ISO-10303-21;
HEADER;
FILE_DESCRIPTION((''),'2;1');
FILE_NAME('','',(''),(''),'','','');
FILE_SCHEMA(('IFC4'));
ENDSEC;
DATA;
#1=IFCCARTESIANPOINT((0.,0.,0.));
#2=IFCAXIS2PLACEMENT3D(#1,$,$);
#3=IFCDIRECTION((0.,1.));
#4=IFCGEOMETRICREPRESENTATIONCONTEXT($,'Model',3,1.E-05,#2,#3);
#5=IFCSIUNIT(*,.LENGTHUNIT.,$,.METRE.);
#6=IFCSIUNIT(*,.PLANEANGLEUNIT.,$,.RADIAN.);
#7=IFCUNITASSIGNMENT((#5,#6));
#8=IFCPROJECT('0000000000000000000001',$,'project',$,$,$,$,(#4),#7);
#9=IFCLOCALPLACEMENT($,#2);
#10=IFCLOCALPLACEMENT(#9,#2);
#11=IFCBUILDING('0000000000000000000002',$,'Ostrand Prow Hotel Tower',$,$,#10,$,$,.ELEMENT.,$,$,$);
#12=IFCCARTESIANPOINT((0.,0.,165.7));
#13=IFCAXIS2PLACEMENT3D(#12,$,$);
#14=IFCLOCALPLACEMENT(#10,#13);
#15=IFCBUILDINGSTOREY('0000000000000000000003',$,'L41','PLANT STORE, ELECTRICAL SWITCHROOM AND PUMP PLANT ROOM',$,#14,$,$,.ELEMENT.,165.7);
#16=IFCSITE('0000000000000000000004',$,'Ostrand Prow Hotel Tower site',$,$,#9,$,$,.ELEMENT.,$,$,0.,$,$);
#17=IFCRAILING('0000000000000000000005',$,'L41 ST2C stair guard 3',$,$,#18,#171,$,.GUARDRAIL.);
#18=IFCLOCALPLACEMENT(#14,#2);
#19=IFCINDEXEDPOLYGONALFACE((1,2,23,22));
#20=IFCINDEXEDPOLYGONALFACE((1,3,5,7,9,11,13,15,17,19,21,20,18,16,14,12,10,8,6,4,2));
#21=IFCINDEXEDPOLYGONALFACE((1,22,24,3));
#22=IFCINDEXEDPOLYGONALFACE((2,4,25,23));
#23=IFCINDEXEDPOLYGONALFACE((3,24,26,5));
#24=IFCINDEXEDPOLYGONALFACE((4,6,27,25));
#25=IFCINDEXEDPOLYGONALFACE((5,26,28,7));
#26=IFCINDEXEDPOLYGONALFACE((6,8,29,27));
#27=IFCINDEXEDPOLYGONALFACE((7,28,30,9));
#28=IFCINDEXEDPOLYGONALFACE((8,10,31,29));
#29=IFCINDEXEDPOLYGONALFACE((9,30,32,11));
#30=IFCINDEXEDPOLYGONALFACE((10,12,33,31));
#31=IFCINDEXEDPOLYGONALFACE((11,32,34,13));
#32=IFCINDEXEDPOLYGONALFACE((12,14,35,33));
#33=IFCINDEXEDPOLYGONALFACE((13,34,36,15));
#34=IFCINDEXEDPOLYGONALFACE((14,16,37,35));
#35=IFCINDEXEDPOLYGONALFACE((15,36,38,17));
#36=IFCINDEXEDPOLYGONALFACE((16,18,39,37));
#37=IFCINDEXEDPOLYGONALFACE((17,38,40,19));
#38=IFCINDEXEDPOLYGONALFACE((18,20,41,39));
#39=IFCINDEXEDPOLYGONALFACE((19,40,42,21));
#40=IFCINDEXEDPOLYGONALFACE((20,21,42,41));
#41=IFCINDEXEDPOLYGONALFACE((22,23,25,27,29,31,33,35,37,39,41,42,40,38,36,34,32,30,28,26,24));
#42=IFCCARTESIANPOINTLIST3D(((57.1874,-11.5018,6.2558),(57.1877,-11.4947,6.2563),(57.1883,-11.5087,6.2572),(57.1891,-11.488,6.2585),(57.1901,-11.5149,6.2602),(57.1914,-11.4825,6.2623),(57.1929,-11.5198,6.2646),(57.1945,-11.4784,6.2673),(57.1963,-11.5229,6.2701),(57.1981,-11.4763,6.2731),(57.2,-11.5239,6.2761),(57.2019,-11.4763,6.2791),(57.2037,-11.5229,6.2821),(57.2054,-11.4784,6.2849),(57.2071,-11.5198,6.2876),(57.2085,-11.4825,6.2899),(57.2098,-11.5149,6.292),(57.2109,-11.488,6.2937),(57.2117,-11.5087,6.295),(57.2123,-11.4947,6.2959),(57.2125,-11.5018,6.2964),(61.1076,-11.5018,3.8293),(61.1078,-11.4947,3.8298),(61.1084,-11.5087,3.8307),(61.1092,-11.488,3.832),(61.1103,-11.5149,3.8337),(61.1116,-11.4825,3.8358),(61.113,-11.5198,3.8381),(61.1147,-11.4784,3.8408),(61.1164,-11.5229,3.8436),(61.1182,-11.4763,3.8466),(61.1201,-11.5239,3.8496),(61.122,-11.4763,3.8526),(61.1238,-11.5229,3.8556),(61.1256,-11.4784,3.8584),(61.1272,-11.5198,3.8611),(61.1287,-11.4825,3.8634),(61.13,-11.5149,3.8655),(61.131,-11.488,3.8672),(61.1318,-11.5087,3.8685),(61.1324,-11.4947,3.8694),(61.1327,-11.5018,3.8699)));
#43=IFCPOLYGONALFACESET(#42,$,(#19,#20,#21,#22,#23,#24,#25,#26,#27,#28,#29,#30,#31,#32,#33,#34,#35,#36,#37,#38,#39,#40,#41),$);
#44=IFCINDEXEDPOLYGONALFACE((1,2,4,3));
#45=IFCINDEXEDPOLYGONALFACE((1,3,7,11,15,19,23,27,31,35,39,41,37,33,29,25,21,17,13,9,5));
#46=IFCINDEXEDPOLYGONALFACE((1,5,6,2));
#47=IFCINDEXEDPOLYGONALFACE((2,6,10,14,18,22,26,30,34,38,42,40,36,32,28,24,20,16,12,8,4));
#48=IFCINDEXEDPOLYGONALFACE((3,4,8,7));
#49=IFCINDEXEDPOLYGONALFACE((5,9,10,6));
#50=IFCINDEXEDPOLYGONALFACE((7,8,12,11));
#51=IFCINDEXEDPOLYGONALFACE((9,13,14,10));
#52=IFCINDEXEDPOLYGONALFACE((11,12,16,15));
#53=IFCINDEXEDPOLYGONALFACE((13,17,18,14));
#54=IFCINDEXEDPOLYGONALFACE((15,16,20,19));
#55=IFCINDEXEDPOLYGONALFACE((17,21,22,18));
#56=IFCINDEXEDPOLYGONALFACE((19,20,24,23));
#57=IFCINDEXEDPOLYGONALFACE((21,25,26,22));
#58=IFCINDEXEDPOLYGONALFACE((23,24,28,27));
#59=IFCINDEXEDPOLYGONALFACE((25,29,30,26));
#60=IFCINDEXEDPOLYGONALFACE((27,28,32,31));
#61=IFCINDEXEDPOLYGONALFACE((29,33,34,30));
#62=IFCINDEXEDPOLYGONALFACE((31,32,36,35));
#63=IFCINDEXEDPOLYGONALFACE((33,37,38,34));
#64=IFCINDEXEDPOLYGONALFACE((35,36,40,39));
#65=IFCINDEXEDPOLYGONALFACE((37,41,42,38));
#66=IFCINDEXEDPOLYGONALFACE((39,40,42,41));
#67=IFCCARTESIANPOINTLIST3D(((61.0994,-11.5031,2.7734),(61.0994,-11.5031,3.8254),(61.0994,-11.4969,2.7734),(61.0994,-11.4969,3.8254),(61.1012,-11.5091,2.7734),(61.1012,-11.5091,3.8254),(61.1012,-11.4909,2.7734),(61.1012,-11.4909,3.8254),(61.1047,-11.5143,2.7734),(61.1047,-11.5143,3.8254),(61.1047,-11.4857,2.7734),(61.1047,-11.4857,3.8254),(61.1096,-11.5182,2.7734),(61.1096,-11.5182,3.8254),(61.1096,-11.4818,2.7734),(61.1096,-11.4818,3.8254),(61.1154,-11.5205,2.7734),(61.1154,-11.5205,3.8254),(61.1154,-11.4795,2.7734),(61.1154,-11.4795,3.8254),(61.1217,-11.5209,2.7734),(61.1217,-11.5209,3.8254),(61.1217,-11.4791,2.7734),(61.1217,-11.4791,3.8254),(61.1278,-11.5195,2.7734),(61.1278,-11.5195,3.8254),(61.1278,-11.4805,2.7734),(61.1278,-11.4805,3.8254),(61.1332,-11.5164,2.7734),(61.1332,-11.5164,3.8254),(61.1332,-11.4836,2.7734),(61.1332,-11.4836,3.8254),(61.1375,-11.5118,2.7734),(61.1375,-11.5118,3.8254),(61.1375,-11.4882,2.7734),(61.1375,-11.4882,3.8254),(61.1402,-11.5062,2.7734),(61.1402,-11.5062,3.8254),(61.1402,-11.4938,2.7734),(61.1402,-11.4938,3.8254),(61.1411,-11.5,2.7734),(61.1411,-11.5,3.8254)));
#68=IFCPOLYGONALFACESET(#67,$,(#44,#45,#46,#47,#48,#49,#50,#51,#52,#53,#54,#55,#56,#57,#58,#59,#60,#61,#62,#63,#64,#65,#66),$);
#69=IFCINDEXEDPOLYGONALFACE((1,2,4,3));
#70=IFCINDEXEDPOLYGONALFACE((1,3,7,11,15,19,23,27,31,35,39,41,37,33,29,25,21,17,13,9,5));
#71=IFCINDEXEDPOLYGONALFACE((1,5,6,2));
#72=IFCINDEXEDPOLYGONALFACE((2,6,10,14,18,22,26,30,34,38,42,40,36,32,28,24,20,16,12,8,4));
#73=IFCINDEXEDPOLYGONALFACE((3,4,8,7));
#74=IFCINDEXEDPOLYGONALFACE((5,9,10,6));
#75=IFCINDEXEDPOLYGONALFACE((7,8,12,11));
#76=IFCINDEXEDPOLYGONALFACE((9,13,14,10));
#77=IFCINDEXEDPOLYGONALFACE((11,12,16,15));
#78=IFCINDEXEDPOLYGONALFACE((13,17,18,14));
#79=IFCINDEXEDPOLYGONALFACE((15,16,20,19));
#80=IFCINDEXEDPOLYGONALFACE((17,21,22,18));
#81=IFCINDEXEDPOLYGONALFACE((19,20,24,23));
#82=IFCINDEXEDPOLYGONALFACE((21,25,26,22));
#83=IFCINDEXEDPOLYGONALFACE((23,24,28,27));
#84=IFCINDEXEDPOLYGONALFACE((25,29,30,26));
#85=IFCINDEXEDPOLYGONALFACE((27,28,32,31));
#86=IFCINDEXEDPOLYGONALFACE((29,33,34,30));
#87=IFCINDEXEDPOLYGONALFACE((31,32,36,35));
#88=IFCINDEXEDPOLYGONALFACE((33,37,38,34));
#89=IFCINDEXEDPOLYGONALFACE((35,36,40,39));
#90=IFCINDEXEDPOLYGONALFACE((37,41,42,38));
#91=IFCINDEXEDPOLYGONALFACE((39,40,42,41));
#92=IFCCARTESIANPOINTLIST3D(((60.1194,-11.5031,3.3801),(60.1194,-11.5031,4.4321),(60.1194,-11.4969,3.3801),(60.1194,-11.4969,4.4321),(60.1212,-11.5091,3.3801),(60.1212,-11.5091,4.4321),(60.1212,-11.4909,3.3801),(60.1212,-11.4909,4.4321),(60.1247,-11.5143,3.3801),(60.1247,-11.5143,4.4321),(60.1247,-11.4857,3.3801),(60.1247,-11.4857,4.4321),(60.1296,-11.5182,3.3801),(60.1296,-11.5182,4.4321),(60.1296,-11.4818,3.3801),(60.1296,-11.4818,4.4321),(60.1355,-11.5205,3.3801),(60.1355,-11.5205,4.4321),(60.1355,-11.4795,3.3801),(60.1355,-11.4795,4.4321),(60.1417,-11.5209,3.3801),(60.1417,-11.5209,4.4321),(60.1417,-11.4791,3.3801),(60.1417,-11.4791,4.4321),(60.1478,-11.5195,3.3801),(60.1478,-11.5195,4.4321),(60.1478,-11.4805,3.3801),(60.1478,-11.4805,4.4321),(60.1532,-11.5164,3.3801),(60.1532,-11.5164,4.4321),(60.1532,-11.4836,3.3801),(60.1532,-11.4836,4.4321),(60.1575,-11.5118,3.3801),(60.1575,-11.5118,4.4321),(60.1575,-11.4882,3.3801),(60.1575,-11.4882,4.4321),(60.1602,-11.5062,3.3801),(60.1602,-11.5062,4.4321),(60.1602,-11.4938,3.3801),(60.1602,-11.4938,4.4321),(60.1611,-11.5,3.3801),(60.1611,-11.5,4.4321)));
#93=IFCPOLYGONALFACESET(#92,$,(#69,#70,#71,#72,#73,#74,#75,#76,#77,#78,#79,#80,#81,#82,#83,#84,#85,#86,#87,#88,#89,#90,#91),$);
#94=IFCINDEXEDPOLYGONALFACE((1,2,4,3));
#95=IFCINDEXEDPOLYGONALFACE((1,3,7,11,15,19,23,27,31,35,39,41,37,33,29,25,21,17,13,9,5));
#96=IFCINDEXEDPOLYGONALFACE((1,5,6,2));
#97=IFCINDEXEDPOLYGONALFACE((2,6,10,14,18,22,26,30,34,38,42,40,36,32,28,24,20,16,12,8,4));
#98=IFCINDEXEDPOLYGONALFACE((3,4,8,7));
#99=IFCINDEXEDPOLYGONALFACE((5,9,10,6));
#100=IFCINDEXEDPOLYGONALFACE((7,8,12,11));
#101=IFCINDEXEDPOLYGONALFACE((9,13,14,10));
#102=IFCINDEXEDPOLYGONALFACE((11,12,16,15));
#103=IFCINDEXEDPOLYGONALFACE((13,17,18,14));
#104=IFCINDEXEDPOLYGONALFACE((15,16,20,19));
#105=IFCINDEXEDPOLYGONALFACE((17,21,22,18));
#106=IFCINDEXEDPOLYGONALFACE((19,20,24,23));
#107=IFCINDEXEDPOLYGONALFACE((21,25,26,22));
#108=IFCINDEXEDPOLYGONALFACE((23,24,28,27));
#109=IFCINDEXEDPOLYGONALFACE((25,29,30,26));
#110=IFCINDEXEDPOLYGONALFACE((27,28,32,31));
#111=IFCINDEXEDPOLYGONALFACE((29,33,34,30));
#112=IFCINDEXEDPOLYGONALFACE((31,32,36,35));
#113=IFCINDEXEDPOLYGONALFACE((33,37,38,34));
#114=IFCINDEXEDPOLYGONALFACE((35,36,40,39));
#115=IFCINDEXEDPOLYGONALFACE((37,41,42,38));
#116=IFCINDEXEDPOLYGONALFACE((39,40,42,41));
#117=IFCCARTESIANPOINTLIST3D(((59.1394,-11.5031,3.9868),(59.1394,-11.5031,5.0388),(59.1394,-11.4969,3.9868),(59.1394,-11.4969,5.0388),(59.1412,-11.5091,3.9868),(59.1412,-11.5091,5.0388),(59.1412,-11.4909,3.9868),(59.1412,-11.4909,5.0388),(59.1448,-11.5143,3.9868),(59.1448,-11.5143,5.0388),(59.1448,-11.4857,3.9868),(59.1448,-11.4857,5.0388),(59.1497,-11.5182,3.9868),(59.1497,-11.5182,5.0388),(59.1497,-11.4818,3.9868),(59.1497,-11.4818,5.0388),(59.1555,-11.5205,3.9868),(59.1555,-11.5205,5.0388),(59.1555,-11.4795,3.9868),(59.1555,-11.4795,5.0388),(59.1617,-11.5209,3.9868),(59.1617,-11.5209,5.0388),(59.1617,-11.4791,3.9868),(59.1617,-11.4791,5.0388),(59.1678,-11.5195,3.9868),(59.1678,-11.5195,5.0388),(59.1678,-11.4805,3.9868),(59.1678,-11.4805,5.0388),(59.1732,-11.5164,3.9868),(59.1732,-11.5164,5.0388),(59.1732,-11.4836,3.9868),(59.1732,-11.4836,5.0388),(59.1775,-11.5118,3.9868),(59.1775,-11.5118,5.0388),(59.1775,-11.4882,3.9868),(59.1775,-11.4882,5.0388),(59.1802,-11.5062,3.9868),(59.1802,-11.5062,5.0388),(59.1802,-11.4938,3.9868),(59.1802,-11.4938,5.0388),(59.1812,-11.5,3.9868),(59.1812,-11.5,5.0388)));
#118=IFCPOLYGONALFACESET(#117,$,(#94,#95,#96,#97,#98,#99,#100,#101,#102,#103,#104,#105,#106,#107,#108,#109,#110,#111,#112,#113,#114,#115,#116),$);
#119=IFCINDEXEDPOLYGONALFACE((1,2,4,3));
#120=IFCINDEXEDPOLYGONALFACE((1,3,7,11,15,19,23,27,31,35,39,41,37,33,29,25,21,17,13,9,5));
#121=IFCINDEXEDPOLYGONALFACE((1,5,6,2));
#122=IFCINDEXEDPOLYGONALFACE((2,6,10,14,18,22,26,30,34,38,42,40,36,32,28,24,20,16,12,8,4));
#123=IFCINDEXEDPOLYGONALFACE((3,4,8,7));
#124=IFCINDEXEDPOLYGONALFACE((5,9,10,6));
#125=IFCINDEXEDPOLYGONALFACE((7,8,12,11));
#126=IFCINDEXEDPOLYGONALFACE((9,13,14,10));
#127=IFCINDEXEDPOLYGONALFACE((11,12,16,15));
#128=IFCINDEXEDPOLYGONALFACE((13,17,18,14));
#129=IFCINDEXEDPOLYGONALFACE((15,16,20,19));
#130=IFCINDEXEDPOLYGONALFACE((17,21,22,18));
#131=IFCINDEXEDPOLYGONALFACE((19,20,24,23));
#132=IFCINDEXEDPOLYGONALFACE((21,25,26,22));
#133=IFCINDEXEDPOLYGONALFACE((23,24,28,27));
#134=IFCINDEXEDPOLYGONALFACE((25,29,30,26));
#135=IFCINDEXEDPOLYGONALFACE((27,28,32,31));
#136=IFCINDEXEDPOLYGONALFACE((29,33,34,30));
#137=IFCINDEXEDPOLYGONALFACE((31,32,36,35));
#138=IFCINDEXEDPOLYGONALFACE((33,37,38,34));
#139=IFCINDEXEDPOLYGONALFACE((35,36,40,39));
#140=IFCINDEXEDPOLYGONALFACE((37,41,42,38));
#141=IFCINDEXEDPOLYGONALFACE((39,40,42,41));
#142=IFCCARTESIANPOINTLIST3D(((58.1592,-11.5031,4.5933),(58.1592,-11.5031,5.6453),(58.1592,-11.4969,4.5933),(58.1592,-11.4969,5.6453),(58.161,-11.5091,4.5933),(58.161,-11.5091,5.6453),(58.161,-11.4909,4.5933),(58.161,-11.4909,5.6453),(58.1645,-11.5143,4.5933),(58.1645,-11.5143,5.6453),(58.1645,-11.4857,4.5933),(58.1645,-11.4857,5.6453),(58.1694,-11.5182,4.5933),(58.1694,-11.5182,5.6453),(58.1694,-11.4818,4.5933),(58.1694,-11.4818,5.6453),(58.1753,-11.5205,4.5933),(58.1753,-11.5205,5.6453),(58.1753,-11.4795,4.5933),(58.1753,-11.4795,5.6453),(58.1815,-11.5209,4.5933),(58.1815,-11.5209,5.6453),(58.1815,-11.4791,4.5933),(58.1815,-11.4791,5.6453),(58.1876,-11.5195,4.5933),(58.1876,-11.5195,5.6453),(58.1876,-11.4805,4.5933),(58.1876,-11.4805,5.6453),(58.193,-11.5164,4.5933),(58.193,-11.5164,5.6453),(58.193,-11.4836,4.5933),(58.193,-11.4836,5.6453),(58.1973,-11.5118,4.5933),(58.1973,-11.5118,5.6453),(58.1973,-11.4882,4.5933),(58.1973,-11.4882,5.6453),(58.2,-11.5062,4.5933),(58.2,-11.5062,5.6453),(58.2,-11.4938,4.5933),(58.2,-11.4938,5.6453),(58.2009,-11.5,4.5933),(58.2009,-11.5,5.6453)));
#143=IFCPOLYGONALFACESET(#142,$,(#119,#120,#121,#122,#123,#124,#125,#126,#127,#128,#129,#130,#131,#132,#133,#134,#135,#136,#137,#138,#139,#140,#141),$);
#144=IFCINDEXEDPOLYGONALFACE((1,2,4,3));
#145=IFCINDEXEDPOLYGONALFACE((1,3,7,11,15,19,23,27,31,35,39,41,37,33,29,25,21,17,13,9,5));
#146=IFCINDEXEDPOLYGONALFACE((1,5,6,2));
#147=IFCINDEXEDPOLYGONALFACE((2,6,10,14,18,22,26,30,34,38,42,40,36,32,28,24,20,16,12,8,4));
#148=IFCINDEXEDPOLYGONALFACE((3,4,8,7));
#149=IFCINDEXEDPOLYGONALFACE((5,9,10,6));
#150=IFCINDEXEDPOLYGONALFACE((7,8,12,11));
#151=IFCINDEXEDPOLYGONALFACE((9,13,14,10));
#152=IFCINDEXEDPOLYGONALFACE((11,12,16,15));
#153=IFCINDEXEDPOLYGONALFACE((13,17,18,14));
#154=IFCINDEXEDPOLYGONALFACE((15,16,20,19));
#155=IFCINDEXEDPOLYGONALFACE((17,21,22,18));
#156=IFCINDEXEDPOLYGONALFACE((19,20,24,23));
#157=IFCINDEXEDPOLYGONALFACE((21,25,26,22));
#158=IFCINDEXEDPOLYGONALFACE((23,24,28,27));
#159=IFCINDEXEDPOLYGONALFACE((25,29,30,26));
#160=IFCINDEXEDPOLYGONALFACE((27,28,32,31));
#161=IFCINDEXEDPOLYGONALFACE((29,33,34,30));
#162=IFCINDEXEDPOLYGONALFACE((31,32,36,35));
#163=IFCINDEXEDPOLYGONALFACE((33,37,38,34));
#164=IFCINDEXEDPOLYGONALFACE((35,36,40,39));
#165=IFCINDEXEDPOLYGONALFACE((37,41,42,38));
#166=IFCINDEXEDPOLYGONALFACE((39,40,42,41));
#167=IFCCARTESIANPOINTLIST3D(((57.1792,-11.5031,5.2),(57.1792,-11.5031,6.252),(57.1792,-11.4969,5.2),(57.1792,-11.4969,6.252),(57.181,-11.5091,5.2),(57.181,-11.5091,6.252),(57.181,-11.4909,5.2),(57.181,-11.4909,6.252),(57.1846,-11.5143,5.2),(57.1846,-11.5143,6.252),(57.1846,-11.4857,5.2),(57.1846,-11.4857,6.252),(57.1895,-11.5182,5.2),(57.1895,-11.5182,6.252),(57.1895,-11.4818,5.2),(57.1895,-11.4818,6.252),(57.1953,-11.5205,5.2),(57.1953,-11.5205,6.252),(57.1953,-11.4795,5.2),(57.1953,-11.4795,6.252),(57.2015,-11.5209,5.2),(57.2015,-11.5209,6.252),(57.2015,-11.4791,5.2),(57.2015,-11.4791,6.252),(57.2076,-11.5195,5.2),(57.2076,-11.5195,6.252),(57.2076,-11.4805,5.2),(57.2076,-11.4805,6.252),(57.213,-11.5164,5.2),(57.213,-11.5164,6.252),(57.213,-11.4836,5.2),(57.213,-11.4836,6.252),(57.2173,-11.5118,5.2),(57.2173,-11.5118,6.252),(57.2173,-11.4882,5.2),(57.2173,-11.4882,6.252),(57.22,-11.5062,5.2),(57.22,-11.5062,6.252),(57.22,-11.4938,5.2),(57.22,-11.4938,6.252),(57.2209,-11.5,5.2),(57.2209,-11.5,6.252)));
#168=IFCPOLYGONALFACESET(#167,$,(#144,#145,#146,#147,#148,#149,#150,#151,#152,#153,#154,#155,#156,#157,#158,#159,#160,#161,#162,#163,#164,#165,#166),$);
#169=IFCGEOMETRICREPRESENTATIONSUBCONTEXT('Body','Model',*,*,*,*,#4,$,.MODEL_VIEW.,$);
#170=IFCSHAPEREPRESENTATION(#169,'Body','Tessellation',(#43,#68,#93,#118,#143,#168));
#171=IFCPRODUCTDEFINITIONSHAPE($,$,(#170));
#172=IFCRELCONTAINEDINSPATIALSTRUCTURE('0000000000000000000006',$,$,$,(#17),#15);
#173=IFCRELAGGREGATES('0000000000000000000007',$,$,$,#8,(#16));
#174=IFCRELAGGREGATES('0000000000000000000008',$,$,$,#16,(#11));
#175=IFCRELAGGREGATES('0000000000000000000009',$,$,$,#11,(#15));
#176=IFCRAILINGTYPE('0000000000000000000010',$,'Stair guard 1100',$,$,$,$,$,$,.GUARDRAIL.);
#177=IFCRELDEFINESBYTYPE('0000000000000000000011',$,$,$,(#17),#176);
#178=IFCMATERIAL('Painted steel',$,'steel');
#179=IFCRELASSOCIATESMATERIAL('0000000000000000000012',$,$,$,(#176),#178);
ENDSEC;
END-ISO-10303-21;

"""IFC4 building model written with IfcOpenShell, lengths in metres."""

from ifc_helpers import new_model, si_unit, direction, frame, origin, origin_2d, place, context, subcontext, project, spatial, circle, extrude, material, type_object, element, save


model = new_model("IFC4")

# Units and contexts
model_context = context("Model", 3, precision=1e-05, world=origin(), true_north=direction((0.0, 1.0)))
body_context = subcontext(model_context, "Body", "Model", "MODEL_VIEW")
ifc_project = project(units=[si_unit("LENGTHUNIT", "METRE"), si_unit("PLANEANGLEUNIT", "RADIAN")], contexts=[model_context])

# Site, building, storey
site_placement = place(None, origin())
site = spatial("IfcSite", under=ifc_project, at=site_placement, Name="Ostrand Prow Hotel Tower site", CompositionType="ELEMENT", RefElevation=0.0)
building_placement = place(site_placement, origin())
building = spatial("IfcBuilding", under=site, at=building_placement, Name="Ostrand Prow Hotel Tower", CompositionType="ELEMENT")
storey_placement = place(building_placement, frame((0.0, 0.0, 165.7)))
storey = spatial("IfcBuildingStorey", under=building, at=storey_placement, Name="L41", Description="PLANT STORE, ELECTRICAL SWITCHROOM AND PUMP PLANT ROOM", CompositionType="ELEMENT", Elevation=165.7)

# Railing
ifc_material_1 = material(Name="Painted steel", Category="steel")
railing_type_1 = type_object("IfcRailingType", Name="Stair guard 1100", PredefinedType="GUARDRAIL", material=ifc_material_1)
railing_1_placement = place(storey_placement, frame((61.1201, -11.5, 2.7734)))
element("IfcRailing", 1, at=railing_1_placement, inside=storey, type_object=railing_type_1, Name="L41 ST2C stair guard 3", PredefinedType="GUARDRAIL", context=body_context, shape_type="SweptSolid", body=[
    extrude(circle(Radius=0.0239, at=origin_2d()), frame((0.0, 0.0, 1.0762), z_axis=(-0.85029, 0.0, 0.526315), x_axis=(0.0, -1.0, 0.0)), (0.0, 0.0, 1.0), 4.6104),
    extrude(circle(Radius=0.021, at=origin_2d()), origin(), (0.0, 0.0, 1.0), 1.052),
    extrude(circle(Radius=0.021, at=origin_2d()), frame((-0.98, 0.0, 0.6067)), (0.0, 0.0, 1.0), 1.052),
    extrude(circle(Radius=0.021, at=origin_2d()), frame((-1.96, 0.0, 1.2134)), (0.0, 0.0, 1.0), 1.052),
    extrude(circle(Radius=0.021, at=origin_2d()), frame((-2.9402, 0.0, 1.8198)), (0.0, 0.0, 1.0), 1.052),
    extrude(circle(Radius=0.021, at=origin_2d()), frame((-3.9202, 0.0, 2.4265)), (0.0, 0.0, 1.0), 1.052),
])

save(model, "model.ifc")
